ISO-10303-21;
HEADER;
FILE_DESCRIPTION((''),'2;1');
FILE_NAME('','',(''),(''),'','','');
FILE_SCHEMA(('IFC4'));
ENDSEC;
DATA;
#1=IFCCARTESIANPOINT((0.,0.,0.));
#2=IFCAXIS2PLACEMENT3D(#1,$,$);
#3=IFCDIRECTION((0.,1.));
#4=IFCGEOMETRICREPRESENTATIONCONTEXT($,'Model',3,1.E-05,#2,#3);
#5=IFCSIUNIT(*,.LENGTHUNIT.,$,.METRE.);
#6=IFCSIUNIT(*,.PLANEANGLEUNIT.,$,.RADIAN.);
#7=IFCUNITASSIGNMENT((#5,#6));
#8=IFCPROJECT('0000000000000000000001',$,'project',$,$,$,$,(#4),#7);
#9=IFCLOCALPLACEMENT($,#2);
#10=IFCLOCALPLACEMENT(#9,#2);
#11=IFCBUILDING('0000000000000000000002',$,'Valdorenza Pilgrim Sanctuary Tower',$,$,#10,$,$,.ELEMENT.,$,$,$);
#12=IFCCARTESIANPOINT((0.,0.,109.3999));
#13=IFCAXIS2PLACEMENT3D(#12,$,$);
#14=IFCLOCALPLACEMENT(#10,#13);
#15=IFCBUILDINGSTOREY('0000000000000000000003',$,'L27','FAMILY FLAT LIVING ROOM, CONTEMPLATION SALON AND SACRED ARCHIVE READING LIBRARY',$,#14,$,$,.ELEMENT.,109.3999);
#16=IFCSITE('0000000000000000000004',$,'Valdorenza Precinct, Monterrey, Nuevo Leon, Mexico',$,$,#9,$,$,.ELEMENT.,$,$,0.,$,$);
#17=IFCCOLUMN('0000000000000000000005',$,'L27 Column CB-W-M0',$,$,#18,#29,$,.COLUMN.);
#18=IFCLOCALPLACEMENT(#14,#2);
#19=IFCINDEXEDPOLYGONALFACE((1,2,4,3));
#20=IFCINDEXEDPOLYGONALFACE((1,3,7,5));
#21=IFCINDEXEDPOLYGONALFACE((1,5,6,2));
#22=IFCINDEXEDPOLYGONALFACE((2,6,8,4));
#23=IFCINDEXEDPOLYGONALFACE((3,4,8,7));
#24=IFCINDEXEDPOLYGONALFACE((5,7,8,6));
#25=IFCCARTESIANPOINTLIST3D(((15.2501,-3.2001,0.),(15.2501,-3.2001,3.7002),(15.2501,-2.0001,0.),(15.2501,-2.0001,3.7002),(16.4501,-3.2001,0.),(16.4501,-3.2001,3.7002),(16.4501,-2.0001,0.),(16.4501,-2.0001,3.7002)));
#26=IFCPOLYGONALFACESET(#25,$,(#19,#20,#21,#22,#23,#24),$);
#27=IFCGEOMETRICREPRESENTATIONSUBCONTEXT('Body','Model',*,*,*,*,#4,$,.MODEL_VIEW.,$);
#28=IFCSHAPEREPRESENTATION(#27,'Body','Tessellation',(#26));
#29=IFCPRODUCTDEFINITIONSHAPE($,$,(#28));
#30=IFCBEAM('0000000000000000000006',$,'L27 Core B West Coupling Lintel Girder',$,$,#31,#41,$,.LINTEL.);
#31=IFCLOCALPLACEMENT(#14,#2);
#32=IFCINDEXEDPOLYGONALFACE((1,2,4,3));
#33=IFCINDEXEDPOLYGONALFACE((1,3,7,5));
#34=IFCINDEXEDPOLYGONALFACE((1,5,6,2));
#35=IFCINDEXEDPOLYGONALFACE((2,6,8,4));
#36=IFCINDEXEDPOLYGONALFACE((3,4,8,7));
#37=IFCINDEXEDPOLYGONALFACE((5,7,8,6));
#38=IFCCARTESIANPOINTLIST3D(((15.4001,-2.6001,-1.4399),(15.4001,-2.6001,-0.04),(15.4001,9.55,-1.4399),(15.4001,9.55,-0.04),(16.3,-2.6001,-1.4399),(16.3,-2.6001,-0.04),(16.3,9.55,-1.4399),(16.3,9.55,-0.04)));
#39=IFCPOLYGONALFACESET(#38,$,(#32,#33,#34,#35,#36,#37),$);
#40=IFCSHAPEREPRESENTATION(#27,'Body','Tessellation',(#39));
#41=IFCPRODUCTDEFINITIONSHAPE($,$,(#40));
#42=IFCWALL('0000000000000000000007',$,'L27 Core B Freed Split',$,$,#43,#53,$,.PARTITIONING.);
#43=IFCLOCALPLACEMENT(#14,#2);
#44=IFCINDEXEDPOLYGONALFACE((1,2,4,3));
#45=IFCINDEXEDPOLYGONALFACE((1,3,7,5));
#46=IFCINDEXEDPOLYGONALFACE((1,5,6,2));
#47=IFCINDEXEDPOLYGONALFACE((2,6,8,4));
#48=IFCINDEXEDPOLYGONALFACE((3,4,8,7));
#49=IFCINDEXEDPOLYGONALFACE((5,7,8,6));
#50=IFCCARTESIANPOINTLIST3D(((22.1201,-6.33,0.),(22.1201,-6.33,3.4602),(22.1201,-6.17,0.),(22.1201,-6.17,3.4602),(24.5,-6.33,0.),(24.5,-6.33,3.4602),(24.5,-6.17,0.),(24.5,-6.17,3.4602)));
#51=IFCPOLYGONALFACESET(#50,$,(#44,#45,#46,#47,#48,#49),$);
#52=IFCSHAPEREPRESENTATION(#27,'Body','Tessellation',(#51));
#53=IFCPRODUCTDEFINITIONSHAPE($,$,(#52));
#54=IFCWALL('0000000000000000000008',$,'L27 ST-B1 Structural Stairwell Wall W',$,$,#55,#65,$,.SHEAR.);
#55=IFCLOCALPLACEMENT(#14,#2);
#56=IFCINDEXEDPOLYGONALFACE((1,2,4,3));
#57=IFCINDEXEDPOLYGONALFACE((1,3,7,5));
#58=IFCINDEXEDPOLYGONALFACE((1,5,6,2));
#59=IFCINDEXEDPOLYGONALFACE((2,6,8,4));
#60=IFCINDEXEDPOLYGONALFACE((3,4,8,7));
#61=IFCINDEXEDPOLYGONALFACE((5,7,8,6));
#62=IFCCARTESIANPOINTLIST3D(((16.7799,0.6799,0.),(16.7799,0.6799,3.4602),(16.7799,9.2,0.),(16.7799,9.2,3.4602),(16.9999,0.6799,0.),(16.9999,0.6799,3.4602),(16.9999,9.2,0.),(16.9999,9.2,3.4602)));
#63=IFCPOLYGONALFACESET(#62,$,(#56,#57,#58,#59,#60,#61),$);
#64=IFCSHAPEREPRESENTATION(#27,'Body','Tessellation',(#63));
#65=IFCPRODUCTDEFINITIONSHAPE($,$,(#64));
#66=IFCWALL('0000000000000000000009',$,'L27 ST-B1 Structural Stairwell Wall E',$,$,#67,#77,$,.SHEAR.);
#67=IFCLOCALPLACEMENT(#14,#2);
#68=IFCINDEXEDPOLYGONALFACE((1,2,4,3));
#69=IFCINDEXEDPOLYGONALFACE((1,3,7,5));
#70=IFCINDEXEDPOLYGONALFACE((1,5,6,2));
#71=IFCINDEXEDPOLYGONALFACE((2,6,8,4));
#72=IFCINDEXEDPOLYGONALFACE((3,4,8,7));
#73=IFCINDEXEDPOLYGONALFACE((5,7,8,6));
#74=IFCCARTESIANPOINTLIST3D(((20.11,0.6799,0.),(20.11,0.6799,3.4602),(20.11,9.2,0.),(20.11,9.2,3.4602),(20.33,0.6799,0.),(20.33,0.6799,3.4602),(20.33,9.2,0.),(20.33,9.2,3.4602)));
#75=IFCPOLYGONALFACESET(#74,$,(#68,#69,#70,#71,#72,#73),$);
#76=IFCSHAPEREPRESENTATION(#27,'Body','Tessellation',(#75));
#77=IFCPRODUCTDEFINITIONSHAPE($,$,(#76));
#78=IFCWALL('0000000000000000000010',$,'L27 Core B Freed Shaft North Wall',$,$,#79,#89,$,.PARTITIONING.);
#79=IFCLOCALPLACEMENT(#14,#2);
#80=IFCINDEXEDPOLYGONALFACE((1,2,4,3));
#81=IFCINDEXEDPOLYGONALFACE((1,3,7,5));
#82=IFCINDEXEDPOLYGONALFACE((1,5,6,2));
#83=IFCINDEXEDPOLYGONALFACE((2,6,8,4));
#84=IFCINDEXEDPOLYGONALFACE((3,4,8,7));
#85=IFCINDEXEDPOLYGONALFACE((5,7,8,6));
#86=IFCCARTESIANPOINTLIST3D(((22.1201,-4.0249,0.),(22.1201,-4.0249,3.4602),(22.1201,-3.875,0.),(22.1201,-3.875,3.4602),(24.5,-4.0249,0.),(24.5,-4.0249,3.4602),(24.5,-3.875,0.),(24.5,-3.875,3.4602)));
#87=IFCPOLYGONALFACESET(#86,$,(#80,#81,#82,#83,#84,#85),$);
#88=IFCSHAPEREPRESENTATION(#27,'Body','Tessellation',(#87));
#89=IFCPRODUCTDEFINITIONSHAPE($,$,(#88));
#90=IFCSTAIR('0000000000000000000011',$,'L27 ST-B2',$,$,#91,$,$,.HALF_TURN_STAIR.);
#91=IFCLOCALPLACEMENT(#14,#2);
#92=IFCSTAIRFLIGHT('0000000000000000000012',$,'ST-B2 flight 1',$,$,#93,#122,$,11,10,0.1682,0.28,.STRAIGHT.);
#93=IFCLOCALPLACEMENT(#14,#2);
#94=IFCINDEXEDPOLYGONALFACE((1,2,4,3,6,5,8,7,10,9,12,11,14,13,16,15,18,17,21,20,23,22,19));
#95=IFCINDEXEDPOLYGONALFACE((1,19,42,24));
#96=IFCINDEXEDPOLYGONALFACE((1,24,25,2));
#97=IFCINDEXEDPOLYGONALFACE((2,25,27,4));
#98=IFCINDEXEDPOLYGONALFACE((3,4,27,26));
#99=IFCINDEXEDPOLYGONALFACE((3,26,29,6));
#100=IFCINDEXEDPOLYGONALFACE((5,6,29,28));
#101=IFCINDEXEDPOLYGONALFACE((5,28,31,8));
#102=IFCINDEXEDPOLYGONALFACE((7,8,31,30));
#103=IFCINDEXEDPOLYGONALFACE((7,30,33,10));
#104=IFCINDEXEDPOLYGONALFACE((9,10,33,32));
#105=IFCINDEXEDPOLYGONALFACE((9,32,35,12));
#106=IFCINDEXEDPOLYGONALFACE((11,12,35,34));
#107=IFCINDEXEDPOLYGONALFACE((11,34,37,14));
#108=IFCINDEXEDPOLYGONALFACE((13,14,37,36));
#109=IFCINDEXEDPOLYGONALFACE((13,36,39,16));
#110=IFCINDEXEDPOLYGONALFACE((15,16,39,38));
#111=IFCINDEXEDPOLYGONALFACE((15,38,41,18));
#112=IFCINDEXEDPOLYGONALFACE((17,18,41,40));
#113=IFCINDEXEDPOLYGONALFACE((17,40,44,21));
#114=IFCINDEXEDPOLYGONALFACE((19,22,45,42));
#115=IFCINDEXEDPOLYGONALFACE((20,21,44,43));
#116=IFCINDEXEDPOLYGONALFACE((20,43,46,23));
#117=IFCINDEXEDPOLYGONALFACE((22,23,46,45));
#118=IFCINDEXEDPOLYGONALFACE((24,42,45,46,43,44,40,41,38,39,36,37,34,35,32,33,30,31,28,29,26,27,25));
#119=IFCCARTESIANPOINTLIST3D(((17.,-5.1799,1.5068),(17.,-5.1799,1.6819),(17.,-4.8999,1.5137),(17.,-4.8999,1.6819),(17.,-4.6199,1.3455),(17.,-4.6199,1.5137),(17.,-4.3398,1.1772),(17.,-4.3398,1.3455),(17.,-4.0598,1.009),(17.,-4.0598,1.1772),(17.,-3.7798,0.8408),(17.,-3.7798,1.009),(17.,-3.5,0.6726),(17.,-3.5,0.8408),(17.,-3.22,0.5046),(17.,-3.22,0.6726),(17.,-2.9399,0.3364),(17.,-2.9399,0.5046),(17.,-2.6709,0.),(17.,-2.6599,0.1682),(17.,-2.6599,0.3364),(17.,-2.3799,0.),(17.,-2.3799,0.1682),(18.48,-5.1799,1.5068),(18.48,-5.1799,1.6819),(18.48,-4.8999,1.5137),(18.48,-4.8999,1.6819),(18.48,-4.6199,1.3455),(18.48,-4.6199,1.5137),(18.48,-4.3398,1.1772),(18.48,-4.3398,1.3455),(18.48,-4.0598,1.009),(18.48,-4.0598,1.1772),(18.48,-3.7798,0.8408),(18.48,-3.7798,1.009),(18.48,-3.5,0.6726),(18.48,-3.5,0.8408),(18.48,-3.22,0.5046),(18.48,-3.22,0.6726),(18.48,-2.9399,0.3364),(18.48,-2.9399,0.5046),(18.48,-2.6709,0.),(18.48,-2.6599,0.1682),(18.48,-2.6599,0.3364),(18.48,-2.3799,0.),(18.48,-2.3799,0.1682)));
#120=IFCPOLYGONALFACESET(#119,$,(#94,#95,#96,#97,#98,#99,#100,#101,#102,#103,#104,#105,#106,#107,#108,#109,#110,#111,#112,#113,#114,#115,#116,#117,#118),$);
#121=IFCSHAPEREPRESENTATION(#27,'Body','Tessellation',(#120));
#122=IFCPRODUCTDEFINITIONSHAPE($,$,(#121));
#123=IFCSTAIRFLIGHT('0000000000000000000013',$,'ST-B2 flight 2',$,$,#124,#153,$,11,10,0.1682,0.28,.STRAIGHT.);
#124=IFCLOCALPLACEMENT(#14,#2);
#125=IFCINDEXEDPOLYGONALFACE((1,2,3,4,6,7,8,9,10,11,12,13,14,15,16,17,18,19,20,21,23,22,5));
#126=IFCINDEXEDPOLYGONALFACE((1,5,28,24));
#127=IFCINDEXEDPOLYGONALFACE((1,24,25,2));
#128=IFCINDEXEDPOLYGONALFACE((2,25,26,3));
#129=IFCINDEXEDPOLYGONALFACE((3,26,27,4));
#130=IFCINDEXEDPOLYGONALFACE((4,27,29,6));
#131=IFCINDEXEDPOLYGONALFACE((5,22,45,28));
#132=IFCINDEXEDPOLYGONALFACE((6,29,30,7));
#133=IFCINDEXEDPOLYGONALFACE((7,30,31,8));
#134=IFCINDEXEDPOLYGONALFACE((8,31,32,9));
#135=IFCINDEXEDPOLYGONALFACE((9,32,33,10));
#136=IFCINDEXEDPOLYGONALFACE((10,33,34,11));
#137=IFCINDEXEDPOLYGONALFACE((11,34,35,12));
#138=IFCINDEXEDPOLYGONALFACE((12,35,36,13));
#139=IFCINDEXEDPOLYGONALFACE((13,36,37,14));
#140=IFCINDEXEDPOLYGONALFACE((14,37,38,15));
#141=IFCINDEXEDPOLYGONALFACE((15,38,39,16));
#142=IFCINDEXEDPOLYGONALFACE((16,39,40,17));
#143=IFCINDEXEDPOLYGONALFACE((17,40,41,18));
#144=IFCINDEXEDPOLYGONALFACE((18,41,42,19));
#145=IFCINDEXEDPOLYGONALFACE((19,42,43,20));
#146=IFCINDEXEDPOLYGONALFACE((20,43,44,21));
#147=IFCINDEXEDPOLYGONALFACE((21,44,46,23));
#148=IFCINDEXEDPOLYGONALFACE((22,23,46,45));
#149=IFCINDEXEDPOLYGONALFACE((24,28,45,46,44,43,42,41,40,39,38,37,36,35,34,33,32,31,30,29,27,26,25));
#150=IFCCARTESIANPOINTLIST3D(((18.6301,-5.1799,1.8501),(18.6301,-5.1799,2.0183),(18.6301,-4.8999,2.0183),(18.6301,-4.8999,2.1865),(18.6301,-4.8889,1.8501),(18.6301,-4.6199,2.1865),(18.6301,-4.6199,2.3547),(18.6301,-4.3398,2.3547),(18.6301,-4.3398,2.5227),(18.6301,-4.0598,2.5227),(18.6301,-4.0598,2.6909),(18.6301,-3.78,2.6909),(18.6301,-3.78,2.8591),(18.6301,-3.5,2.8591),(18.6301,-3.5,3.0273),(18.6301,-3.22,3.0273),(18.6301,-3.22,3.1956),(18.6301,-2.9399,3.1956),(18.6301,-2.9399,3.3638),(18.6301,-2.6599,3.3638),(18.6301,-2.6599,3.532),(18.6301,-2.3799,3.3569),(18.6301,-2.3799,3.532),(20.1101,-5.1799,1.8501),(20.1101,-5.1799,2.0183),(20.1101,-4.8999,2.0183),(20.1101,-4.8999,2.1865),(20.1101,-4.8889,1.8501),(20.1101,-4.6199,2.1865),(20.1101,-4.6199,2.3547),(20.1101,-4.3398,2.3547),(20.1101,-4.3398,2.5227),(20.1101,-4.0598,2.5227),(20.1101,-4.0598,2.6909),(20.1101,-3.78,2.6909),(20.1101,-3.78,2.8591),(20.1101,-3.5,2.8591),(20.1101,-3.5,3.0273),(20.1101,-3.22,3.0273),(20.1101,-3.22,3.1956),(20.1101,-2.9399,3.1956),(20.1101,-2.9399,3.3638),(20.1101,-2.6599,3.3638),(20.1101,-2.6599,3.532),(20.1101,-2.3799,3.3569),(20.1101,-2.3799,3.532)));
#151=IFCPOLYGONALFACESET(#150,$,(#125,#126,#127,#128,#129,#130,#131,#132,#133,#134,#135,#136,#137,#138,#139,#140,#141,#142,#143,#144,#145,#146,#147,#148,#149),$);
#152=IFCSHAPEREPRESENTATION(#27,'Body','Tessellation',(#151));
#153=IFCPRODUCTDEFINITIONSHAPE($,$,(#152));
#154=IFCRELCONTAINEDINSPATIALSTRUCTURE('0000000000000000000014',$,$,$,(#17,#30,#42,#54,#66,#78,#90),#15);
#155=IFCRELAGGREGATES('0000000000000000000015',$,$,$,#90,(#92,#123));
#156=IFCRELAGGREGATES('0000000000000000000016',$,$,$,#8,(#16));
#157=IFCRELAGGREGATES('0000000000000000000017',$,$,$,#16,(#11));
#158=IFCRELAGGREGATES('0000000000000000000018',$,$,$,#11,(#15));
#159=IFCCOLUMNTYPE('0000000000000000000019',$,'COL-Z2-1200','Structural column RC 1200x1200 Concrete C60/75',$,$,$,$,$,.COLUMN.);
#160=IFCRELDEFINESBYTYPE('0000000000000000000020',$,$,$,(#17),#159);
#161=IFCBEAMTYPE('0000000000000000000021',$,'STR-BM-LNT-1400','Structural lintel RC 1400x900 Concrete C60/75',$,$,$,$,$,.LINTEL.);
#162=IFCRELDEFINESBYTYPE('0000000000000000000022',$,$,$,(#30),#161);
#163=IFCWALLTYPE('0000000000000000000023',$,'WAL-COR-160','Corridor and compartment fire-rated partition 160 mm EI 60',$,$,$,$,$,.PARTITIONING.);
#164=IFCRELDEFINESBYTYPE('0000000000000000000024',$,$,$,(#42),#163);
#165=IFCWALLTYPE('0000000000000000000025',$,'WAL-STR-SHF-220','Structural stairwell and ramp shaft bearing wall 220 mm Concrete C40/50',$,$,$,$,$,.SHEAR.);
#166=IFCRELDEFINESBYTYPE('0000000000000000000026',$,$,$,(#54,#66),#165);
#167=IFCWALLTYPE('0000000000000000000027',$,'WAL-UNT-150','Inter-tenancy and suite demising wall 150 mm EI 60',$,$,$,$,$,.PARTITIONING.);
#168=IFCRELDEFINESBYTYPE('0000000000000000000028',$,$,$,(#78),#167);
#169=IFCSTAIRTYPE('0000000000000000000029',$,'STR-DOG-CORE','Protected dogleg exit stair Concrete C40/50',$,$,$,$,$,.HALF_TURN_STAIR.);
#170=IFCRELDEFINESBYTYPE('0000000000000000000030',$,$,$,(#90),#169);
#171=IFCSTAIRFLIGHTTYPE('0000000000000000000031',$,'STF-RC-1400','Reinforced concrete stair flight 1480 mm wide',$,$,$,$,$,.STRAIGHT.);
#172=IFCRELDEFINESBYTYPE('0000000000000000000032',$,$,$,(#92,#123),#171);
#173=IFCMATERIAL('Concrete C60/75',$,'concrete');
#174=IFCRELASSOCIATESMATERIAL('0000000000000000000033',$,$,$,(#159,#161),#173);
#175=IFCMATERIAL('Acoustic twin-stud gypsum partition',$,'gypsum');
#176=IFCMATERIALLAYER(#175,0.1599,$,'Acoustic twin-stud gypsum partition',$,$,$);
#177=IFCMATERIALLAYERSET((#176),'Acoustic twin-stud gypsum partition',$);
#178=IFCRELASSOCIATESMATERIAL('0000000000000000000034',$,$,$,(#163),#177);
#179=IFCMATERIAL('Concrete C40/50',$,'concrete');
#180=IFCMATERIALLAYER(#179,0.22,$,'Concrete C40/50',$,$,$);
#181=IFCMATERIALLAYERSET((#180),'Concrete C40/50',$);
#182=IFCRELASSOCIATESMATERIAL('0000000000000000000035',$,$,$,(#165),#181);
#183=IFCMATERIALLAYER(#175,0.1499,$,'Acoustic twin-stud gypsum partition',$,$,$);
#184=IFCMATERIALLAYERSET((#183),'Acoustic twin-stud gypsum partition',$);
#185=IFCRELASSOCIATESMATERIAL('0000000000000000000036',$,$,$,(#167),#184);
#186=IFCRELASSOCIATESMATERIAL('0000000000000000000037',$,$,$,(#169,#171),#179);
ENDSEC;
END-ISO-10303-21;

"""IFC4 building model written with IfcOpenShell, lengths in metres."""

from ifc_helpers import new_model, si_unit, direction, frame, frame_2d, origin, origin_2d, place, context, subcontext, project, spatial, polyline, rectangle, outline, extrude, source, transform, mapped, material, layer, layer_set, material_profile, profile_set, type_object, element, aggregate, save


model = new_model("IFC4")

# Units and contexts
model_context = context("Model", 3, precision=1e-05, world=origin(), true_north=direction((0.0, 1.0)))
body_context = subcontext(model_context, "Body", "Model", "MODEL_VIEW")
ifc_project = project(units=[si_unit("LENGTHUNIT", "METRE"), si_unit("PLANEANGLEUNIT", "RADIAN")], contexts=[model_context])

# Site, building, storey
site_placement = place(None, origin())
site = spatial("IfcSite", under=ifc_project, at=site_placement, Name="Valdorenza Precinct, Monterrey, Nuevo Leon, Mexico", CompositionType="ELEMENT", RefElevation=0.0)
building_placement = place(site_placement, origin())
building = spatial("IfcBuilding", under=site, at=building_placement, Name="Valdorenza Pilgrim Sanctuary Tower", CompositionType="ELEMENT")
storey_placement = place(building_placement, frame((0.0, 0.0, 109.3999)))
storey = spatial("IfcBuildingStorey", under=building, at=storey_placement, Name="L27", Description="FAMILY FLAT LIVING ROOM, CONTEMPLATION SALON AND SACRED ARCHIVE READING LIBRARY", CompositionType="ELEMENT", Elevation=109.3999)

# Column
ifc_material_1 = material(Name="Concrete C60/75", Category="concrete")
ifc_material_profile_1 = material_profile(ifc_material_1, rectangle(XDim=1.2, YDim=1.2, at=origin_2d()), Name="RC 1200x1200")
ifc_profile_set_1 = profile_set([ifc_material_profile_1], Name="Concrete C60/75")
column_type = type_object("IfcColumnType", Name="COL-Z2-1200", Description="Structural column RC 1200x1200 Concrete C60/75", PredefinedType="COLUMN", material=ifc_profile_set_1)
shared_shape_1 = source(origin(), body_context, "Body", "SweptSolid", [
    extrude(rectangle(XDim=1.2, YDim=1.2, at=origin_2d()), origin(), (0.0, 0.0, 1.0), 3.7002),
])
column_placement = place(storey_placement, frame((15.8501, -2.6001, 0.0), z_axis=(0.0, 0.0, 1.0), x_axis=(1.0, 0.0, 0.0)))
element("IfcColumn", 1, at=column_placement, inside=storey, type_object=column_type, Name="L27 Column CB-W-M0", PredefinedType="COLUMN", context=body_context, shape_type="MappedRepresentation", body=[
    mapped(shared_shape_1, transform((0.0, 0.0, 0.0), x_axis=(1.0, 0.0, 0.0), y_axis=(0.0, 1.0, 0.0), z_axis=(0.0, 0.0, 1.0), scale=1.0)),
])

# Beam
ifc_material_profile_2 = material_profile(ifc_material_1, rectangle(XDim=0.8999, YDim=1.3999, at=origin_2d()), Name="RC 1400x900")
ifc_profile_set_2 = profile_set([ifc_material_profile_2], Name="Concrete C60/75")
beam_type = type_object("IfcBeamType", Name="STR-BM-LNT-1400", Description="Structural lintel RC 1400x900 Concrete C60/75", PredefinedType="LINTEL", material=ifc_profile_set_2)
shared_shape_2 = source(origin(), body_context, "Body", "SweptSolid", [
    extrude(rectangle(XDim=0.8999, YDim=1.3999, at=origin_2d()), origin(), (0.0, 0.0, 1.0), 12.1501),
])
beam_placement = place(storey_placement, frame((15.8501, -2.6001, -0.74), z_axis=(0.0, 1.0, 0.0), x_axis=(-1.0, 0.0, 0.0)))
element("IfcBeam", 2, at=beam_placement, inside=storey, type_object=beam_type, Name="L27 Core B West Coupling Lintel Girder", PredefinedType="LINTEL", context=body_context, shape_type="MappedRepresentation", body=[
    mapped(shared_shape_2, transform((0.0, 0.0, 0.0), x_axis=(1.0, 0.0, 0.0), y_axis=(0.0, 1.0, 0.0), z_axis=(0.0, 0.0, 1.0), scale=1.0)),
])

# Wall
ifc_material_2 = material(Name="Acoustic twin-stud gypsum partition", Category="gypsum")
ifc_layer_1 = layer(ifc_material_2, 0.1599, Name="Acoustic twin-stud gypsum partition")
ifc_layer_set_1 = layer_set([ifc_layer_1], Name="Acoustic twin-stud gypsum partition")
wall_type_1 = type_object("IfcWallType", Name="WAL-COR-160", Description="Corridor and compartment fire-rated partition 160 mm EI 60", PredefinedType="PARTITIONING", material=ifc_layer_set_1)
wall_1_placement = place(storey_placement, frame((22.1201, -6.25, 0.0), z_axis=(0.0, 0.0, 1.0), x_axis=(1.0, 0.0, 0.0)))
element("IfcWall", 3, at=wall_1_placement, inside=storey, type_object=wall_type_1, Name="L27 Core B Freed Split", PredefinedType="PARTITIONING", context=body_context, shape_type="SweptSolid", body=[
    extrude(rectangle(XDim=2.3799, YDim=0.1599, at=frame_2d((1.1899, 0.0))), origin(), (0.0, 0.0, 1.0), 3.4602),
])

# Walls
ifc_material_3 = material(Name="Concrete C40/50", Category="concrete")
ifc_layer_2 = layer(ifc_material_3, 0.22, Name="Concrete C40/50")
ifc_layer_set_2 = layer_set([ifc_layer_2], Name="Concrete C40/50")
wall_type_2 = type_object("IfcWallType", Name="WAL-STR-SHF-220", Description="Structural stairwell and ramp shaft bearing wall 220 mm Concrete C40/50", PredefinedType="SHEAR", material=ifc_layer_set_2)
for number, where, z_axis, x_axis, name in (
    (4, (16.8899, 0.6799, 0.0), (0.0, 0.0, 1.0), (0.0, 1.0, 0.0), "L27 ST-B1 Structural Stairwell Wall W"),
    (5, (20.22, 0.6799, 0.0), (0.0, 0.0, 1.0), (0.0, 1.0, 0.0), "L27 ST-B1 Structural Stairwell Wall E"),
):
    element("IfcWall", number, at=place(storey_placement, frame(where, z_axis=z_axis, x_axis=x_axis)), inside=storey, type_object=wall_type_2, Name=name, PredefinedType="SHEAR", context=body_context, shape_type="SweptSolid", body=[
        extrude(rectangle(XDim=8.52, YDim=0.22, at=frame_2d((4.26, 0.0))), origin(), (0.0, 0.0, 1.0), 3.4602),
    ])

# Wall
ifc_layer_3 = layer(ifc_material_2, 0.1499, Name="Acoustic twin-stud gypsum partition")
ifc_layer_set_3 = layer_set([ifc_layer_3], Name="Acoustic twin-stud gypsum partition")
wall_type_3 = type_object("IfcWallType", Name="WAL-UNT-150", Description="Inter-tenancy and suite demising wall 150 mm EI 60", PredefinedType="PARTITIONING", material=ifc_layer_set_3)
wall_2_placement = place(storey_placement, frame((22.1201, -3.95, 0.0), z_axis=(0.0, 0.0, 1.0), x_axis=(1.0, 0.0, 0.0)))
element("IfcWall", 6, at=wall_2_placement, inside=storey, type_object=wall_type_3, Name="L27 Core B Freed Shaft North Wall", PredefinedType="PARTITIONING", context=body_context, shape_type="SweptSolid", body=[
    extrude(rectangle(XDim=2.3799, YDim=0.1499, at=frame_2d((1.1899, 0.0))), origin(), (0.0, 0.0, 1.0), 3.4602),
])

# Stair, stair flights
stair_type = type_object("IfcStairType", Name="STR-DOG-CORE", Description="Protected dogleg exit stair Concrete C40/50", PredefinedType="HALF_TURN_STAIR", material=ifc_material_3)
stair_placement = place(storey_placement, origin())
stair = element("IfcStair", 7, at=stair_placement, inside=storey, type_object=stair_type, Name="L27 ST-B2", PredefinedType="HALF_TURN_STAIR")
stair_flight_type = type_object("IfcStairFlightType", Name="STF-RC-1400", Description="Reinforced concrete stair flight 1480 mm wide", PredefinedType="STRAIGHT", material=ifc_material_3)
stair_flight_1_placement = place(storey_placement, frame((17.74, -2.3799, 0.0), z_axis=(0.0, 0.0, 1.0), x_axis=(0.0, -1.0, 0.0)))
stair_flight_1 = element("IfcStairFlight", 8, at=stair_flight_1_placement, type_object=stair_flight_type, Name="ST-B2 flight 1", NumberOfRisers=11, NumberOfTreads=10, PredefinedType="STRAIGHT", RiserHeight=0.1682, TreadLength=0.28, context=body_context, shape_type="SweptSolid", body=[
    extrude(outline(polyline([(0.0, 0.0), (0.0, 0.1682), (0.28, 0.1682), (0.28, 0.3364), (0.5601, 0.3364), (0.5601, 0.5046), (0.8401, 0.5046), (0.8401, 0.6726), (1.1201, 0.6726), (1.1201, 0.8408), (1.3999, 0.8408), (1.3999, 1.009), (1.6799, 1.009), (1.6799, 1.1772), (1.96, 1.1772), (1.96, 1.3455), (2.24, 1.3455), (2.24, 1.5137), (2.52, 1.5137), (2.52, 1.6819), (2.8, 1.6819), (2.8, 1.8501), (2.8, 1.5068), (0.291, 0.0), (0.0, 0.0)])), frame((0.0, 0.74, 0.0), z_axis=(0.0, -1.0, 0.0), x_axis=(1.0, 0.0, 0.0)), (0.0, 0.0, 1.0), 1.48),
])
stair_flight_2_placement = place(storey_placement, frame((19.3701, -5.1799, 1.8501), z_axis=(0.0, 0.0, 1.0), x_axis=(0.0, 1.0, 0.0)))
stair_flight_2 = element("IfcStairFlight", 9, at=stair_flight_2_placement, type_object=stair_flight_type, Name="ST-B2 flight 2", NumberOfRisers=11, NumberOfTreads=10, PredefinedType="STRAIGHT", RiserHeight=0.1682, TreadLength=0.28, context=body_context, shape_type="SweptSolid", body=[
    extrude(outline(polyline([(0.0, 0.0), (0.0, 0.1682), (0.28, 0.1682), (0.28, 0.3364), (0.5601, 0.3364), (0.5601, 0.5046), (0.8401, 0.5046), (0.8401, 0.6726), (1.1201, 0.6726), (1.1201, 0.8408), (1.3999, 0.8408), (1.3999, 1.009), (1.6799, 1.009), (1.6799, 1.1772), (1.96, 1.1772), (1.96, 1.3455), (2.24, 1.3455), (2.24, 1.5137), (2.52, 1.5137), (2.52, 1.6819), (2.8, 1.6819), (2.8, 1.8501), (2.8, 1.5068), (0.291, 0.0), (0.0, 0.0)])), frame((0.0, 0.74, 0.0), z_axis=(0.0, -1.0, 0.0), x_axis=(1.0, 0.0, 0.0)), (0.0, 0.0, 1.0), 1.48),
])
aggregate(stair, [stair_flight_1, stair_flight_2])

save(model, "model.ifc")
